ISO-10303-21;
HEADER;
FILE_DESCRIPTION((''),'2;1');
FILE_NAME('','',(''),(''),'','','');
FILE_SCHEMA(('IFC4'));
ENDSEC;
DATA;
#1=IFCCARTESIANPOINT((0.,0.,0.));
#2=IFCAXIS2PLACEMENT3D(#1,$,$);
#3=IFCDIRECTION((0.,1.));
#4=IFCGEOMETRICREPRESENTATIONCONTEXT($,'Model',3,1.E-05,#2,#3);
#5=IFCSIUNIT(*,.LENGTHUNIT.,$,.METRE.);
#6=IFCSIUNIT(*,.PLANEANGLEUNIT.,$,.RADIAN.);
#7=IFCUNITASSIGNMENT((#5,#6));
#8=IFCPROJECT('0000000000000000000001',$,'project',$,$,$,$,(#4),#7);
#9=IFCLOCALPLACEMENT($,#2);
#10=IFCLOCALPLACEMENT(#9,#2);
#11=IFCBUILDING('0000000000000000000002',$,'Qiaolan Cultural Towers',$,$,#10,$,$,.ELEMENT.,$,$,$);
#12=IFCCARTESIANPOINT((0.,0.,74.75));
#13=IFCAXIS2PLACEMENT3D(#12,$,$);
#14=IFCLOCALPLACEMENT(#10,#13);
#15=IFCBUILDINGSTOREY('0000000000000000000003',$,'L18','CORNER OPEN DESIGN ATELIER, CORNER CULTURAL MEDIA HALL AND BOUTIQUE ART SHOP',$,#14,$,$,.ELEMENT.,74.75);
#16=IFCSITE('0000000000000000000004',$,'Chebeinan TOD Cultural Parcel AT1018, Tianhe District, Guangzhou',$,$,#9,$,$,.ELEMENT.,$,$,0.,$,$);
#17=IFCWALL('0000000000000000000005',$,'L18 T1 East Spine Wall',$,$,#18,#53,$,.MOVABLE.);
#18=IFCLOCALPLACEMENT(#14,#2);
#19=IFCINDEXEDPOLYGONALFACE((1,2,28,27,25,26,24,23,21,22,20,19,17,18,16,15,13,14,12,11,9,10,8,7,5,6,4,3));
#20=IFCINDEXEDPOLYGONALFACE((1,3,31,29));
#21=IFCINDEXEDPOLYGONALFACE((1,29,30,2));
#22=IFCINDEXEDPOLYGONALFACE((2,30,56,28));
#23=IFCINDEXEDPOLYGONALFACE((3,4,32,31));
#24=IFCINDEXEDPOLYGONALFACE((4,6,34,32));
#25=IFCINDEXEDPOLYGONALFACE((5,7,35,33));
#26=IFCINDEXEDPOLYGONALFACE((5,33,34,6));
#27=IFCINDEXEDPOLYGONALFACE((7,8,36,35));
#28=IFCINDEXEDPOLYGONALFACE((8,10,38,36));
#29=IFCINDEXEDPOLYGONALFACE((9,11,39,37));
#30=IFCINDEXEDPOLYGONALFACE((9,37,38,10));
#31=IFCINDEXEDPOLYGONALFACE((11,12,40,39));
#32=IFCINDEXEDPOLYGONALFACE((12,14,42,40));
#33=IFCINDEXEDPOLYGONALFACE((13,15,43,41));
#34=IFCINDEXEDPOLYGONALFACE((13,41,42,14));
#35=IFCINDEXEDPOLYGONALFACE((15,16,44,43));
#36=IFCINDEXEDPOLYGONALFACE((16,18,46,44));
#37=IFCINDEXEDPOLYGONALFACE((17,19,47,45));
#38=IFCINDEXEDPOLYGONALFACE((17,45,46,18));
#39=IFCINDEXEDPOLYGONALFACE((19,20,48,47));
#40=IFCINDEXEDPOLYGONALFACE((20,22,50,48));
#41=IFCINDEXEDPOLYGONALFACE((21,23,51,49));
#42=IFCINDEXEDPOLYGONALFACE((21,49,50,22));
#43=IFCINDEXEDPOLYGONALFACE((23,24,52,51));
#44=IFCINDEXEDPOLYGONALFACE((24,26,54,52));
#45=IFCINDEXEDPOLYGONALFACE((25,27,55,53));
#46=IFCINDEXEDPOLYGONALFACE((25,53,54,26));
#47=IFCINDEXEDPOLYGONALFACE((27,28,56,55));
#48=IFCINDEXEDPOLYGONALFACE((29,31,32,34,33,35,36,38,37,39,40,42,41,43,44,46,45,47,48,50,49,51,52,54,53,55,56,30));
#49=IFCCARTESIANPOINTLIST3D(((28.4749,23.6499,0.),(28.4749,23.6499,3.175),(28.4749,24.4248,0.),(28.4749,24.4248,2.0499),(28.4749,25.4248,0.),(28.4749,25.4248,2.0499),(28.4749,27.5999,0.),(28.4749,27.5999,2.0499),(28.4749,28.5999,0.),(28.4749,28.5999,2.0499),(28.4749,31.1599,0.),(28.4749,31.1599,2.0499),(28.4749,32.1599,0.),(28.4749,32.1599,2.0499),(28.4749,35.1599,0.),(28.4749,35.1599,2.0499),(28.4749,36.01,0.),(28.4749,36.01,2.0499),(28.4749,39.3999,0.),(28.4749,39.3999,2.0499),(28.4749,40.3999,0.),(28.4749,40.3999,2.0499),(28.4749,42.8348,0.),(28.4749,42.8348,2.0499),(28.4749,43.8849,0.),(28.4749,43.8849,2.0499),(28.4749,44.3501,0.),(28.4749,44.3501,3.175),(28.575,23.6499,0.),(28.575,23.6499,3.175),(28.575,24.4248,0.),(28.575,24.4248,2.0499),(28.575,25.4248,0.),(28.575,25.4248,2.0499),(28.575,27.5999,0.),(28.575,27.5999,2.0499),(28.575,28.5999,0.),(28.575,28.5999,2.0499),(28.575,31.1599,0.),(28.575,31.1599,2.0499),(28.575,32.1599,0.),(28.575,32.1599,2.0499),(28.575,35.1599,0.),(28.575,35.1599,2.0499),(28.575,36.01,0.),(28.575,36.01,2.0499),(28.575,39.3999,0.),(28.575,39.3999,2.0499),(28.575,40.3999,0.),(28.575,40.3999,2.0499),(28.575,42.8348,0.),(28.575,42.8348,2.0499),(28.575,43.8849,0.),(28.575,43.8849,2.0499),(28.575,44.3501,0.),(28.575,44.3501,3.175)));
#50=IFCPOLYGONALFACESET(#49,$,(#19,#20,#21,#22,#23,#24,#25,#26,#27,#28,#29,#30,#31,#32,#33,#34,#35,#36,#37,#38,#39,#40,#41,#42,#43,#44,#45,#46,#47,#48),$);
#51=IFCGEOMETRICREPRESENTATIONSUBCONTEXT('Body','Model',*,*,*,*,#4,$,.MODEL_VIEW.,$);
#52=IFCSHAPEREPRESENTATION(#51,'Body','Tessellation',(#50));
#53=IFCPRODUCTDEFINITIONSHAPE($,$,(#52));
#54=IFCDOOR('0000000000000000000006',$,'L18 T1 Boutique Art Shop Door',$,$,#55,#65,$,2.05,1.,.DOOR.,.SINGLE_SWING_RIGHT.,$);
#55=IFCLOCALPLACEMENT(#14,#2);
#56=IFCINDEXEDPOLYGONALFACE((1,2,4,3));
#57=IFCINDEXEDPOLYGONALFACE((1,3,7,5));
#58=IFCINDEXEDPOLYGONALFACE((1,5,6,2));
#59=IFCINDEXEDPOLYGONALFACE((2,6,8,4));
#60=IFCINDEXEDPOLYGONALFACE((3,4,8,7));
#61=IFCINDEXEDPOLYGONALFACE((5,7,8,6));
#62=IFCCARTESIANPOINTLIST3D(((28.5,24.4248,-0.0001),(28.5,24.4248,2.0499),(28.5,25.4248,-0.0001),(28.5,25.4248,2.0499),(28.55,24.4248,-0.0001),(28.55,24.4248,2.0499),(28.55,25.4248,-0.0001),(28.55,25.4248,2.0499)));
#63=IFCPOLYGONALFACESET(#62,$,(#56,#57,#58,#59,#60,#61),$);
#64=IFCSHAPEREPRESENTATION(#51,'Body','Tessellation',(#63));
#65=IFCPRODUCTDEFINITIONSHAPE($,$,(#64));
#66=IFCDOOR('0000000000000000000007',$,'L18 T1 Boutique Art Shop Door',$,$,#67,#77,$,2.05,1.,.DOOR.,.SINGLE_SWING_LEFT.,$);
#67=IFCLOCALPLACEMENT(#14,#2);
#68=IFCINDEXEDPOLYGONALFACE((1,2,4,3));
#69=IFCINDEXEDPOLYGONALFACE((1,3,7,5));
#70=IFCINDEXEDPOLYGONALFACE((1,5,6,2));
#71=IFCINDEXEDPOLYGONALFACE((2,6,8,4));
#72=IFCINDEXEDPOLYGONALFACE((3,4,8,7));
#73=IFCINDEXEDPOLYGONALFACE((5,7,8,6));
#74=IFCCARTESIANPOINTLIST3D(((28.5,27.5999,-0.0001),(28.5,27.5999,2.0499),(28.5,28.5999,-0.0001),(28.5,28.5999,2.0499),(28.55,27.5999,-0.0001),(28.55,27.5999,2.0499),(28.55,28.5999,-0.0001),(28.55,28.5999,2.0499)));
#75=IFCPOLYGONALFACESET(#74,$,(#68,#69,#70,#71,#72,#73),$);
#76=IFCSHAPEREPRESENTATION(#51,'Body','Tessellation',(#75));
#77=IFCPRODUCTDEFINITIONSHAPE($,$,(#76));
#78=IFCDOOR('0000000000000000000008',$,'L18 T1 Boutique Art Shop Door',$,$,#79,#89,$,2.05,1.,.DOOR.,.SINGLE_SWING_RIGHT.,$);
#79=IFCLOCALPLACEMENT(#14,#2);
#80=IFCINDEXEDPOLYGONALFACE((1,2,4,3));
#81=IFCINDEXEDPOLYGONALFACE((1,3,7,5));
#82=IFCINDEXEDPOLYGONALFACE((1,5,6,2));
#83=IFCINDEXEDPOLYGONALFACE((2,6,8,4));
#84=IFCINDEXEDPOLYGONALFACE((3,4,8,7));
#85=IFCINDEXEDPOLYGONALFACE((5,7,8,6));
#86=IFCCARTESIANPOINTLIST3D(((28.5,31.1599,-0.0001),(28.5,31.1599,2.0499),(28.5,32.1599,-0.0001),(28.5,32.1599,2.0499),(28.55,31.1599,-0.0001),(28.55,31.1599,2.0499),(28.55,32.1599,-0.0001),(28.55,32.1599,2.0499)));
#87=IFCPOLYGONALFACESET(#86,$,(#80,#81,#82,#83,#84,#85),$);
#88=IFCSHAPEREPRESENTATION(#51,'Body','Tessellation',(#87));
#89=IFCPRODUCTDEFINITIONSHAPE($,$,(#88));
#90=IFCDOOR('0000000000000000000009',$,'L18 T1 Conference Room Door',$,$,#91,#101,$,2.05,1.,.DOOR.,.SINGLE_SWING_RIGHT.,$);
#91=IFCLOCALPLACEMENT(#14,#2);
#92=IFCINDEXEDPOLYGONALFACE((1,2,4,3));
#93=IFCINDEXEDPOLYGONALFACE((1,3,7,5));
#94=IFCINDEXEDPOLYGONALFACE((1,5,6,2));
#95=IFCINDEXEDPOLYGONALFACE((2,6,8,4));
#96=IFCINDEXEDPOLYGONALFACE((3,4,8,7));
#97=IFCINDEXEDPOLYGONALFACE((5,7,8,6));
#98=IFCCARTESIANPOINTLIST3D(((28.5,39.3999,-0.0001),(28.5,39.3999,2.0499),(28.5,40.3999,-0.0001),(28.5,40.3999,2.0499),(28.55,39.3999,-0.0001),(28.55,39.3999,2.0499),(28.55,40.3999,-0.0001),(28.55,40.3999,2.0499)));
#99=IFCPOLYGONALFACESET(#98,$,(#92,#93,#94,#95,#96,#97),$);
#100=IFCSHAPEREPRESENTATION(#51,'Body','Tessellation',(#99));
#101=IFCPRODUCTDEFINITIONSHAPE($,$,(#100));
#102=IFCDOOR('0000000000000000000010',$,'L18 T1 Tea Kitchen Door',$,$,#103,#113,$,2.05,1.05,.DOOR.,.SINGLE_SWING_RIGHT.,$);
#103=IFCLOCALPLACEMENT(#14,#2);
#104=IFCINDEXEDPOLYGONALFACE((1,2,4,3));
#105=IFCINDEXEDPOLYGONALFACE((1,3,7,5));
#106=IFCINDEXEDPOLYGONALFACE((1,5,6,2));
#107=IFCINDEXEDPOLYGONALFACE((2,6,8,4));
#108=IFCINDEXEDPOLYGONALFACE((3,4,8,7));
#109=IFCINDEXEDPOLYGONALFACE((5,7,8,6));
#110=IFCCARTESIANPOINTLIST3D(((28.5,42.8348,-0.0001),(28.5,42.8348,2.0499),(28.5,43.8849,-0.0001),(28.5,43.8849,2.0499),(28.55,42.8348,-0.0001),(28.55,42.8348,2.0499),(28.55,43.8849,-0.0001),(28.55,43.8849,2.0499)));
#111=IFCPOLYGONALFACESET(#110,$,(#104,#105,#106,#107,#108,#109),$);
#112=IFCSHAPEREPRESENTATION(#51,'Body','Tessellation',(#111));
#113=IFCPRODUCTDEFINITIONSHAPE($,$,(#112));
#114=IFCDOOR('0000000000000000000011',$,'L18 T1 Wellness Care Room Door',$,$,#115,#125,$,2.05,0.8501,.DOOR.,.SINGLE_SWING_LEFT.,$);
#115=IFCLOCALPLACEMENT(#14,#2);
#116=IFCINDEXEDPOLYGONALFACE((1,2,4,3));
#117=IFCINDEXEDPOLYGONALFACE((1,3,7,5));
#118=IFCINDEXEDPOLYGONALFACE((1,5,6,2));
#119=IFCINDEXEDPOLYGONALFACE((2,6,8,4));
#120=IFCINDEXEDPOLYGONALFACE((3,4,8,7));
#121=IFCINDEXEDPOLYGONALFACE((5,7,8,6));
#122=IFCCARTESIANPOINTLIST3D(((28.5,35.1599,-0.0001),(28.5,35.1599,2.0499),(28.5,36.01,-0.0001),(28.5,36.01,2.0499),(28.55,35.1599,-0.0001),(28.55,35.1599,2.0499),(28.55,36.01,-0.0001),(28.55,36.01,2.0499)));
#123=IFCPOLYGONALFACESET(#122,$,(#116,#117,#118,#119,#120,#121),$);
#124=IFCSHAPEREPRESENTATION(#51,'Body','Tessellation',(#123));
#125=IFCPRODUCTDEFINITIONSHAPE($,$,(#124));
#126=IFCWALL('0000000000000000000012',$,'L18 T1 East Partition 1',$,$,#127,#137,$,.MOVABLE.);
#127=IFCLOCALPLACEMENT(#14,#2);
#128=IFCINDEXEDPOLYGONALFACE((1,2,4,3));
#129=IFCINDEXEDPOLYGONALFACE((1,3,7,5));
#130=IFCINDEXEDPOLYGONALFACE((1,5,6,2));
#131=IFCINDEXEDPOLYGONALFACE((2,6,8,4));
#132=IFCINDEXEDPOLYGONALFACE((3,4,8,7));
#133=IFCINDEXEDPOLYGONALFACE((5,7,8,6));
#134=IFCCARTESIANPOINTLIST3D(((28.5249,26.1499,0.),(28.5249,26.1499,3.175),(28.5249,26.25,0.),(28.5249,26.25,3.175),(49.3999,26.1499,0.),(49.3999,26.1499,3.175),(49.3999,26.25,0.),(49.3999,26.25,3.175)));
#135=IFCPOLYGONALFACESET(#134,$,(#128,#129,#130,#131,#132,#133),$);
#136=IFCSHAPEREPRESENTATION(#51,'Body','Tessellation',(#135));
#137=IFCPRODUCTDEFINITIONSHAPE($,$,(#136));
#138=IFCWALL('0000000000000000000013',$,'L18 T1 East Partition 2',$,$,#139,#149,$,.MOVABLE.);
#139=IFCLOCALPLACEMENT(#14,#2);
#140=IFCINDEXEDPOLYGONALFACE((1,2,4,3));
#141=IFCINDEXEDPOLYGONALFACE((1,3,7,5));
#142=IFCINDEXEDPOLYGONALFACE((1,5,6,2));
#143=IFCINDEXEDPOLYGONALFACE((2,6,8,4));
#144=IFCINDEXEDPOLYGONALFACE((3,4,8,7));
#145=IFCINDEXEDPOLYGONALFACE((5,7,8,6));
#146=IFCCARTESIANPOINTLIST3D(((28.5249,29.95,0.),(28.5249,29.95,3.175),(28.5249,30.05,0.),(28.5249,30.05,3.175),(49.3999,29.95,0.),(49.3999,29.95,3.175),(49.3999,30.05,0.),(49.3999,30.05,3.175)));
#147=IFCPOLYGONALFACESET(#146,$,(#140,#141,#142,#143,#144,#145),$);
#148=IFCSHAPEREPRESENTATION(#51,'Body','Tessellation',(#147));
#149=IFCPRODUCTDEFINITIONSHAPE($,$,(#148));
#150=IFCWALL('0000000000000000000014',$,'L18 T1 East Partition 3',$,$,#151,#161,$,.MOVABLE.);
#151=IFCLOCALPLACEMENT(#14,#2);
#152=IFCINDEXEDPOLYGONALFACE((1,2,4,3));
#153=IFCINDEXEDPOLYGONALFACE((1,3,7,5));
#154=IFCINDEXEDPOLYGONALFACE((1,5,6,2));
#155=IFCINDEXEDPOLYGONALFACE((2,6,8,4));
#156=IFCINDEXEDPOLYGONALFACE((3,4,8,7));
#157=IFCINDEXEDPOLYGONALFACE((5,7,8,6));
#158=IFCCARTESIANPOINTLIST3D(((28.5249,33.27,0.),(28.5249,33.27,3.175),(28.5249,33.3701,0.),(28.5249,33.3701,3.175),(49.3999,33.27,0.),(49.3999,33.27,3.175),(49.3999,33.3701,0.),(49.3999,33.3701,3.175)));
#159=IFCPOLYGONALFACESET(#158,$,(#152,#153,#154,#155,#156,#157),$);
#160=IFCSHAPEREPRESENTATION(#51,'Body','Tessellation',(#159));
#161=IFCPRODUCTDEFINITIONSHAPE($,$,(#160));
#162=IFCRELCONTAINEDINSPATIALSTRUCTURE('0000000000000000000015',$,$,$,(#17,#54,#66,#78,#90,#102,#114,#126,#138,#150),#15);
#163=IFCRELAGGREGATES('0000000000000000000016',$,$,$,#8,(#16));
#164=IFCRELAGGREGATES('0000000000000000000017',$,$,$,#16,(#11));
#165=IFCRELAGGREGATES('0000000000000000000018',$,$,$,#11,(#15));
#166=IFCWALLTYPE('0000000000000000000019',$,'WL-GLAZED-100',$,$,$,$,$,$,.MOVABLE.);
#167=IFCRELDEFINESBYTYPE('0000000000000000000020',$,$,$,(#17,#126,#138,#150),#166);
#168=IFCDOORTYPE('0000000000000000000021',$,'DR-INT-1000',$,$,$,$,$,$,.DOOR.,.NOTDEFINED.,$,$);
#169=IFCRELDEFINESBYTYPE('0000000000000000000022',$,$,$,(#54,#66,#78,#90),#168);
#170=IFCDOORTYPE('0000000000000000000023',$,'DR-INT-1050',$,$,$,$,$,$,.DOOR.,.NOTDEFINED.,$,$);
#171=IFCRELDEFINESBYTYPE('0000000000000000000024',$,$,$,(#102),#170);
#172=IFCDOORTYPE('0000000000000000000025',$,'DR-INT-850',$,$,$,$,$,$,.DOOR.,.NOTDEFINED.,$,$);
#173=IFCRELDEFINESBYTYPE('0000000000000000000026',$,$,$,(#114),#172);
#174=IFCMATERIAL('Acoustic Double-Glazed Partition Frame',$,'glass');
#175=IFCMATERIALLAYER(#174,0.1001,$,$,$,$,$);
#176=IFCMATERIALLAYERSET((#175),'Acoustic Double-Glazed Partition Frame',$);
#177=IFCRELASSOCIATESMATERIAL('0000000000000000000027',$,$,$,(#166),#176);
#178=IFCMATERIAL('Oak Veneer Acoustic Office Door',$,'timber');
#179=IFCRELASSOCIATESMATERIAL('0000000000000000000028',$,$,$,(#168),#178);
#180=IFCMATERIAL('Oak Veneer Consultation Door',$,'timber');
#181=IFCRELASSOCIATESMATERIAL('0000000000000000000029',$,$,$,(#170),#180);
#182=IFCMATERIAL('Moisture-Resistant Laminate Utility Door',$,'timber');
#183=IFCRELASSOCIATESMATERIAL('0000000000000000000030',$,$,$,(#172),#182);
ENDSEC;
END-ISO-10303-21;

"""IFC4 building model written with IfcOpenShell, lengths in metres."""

from ifc_helpers import new_model, si_unit, direction, frame, frame_2d, origin, place, context, subcontext, project, spatial, rectangle, extrude, material, layer, layer_set, type_object, element, fill, save


model = new_model("IFC4")

# Units and contexts
model_context = context("Model", 3, precision=1e-05, world=origin(), true_north=direction((0.0, 1.0)))
body_context = subcontext(model_context, "Body", "Model", "MODEL_VIEW")
ifc_project = project(units=[si_unit("LENGTHUNIT", "METRE"), si_unit("PLANEANGLEUNIT", "RADIAN")], contexts=[model_context])

# Site, building, storey
site_placement = place(None, origin())
site = spatial("IfcSite", under=ifc_project, at=site_placement, Name="Chebeinan TOD Cultural Parcel AT1018, Tianhe District, Guangzhou", CompositionType="ELEMENT", RefElevation=0.0)
building_placement = place(site_placement, origin())
building = spatial("IfcBuilding", under=site, at=building_placement, Name="Qiaolan Cultural Towers", CompositionType="ELEMENT")
storey_placement = place(building_placement, frame((0.0, 0.0, 74.75)))
storey = spatial("IfcBuildingStorey", under=building, at=storey_placement, Name="L18", Description="CORNER OPEN DESIGN ATELIER, CORNER CULTURAL MEDIA HALL AND BOUTIQUE ART SHOP", CompositionType="ELEMENT", Elevation=74.75)

# Shared definitions
ifc_material_1 = material(Name="Acoustic Double-Glazed Partition Frame", Category="glass")
ifc_layer_1 = layer(ifc_material_1, 0.1001)
ifc_layer_set_1 = layer_set([ifc_layer_1], Name="Acoustic Double-Glazed Partition Frame")
wall_type_1 = type_object("IfcWallType", Name="WL-GLAZED-100", PredefinedType="MOVABLE", material=ifc_layer_set_1)

# Wall, openings, doors
wall_1_placement = place(storey_placement, frame((28.5249, 23.6499, 0.0), z_axis=(0.0, 0.0, 1.0), x_axis=(0.0, 1.0, 0.0)))
wall_1 = element("IfcWall", 1, at=wall_1_placement, inside=storey, type_object=wall_type_1, Name="L18 T1 East Spine Wall", PredefinedType="MOVABLE", context=body_context, shape_type="SweptSolid", body=[
    extrude(rectangle(XDim=20.7002, YDim=0.1001, at=frame_2d((10.3501, 0.0))), origin(), (0.0, 0.0, 1.0), 3.175),
])
opening_1_placement = place(wall_1_placement, frame((0.7749, 0.0, 0.0)))
opening_1 = element("IfcOpeningElement", 2, at=opening_1_placement, cuts=wall_1, PredefinedType="OPENING", context=body_context, shape_type="SweptSolid", body=[
    extrude(rectangle(XDim=1.0, YDim=2.05, at=frame_2d((0.5, 1.0249))), frame((0.0, 0.0601, 0.0), z_axis=(0.0, -1.0, 0.0), x_axis=(1.0, 0.0, 0.0)), (0.0, 0.0, 1.0), 0.1201),
])
opening_2_placement = place(wall_1_placement, frame((3.95, 0.0, 0.0)))
opening_2 = element("IfcOpeningElement", 3, at=opening_2_placement, cuts=wall_1, PredefinedType="OPENING", context=body_context, shape_type="SweptSolid", body=[
    extrude(rectangle(XDim=1.0, YDim=2.05, at=frame_2d((0.5, 1.0249))), frame((0.0, 0.0601, 0.0), z_axis=(0.0, -1.0, 0.0), x_axis=(1.0, 0.0, 0.0)), (0.0, 0.0, 1.0), 0.1201),
])
opening_3_placement = place(wall_1_placement, frame((7.51, 0.0, 0.0)))
opening_3 = element("IfcOpeningElement", 4, at=opening_3_placement, cuts=wall_1, PredefinedType="OPENING", context=body_context, shape_type="SweptSolid", body=[
    extrude(rectangle(XDim=1.0, YDim=2.05, at=frame_2d((0.5, 1.0249))), frame((0.0, 0.0601, 0.0), z_axis=(0.0, -1.0, 0.0), x_axis=(1.0, 0.0, 0.0)), (0.0, 0.0, 1.0), 0.1201),
])
opening_4_placement = place(wall_1_placement, frame((11.51, 0.0, 0.0)))
opening_4 = element("IfcOpeningElement", 5, at=opening_4_placement, cuts=wall_1, PredefinedType="OPENING", context=body_context, shape_type="SweptSolid", body=[
    extrude(rectangle(XDim=0.8501, YDim=2.05, at=frame_2d((0.425, 1.0249))), frame((0.0, 0.0601, 0.0), z_axis=(0.0, -1.0, 0.0), x_axis=(1.0, 0.0, 0.0)), (0.0, 0.0, 1.0), 0.1201),
])
opening_5_placement = place(wall_1_placement, frame((15.75, 0.0, 0.0)))
opening_5 = element("IfcOpeningElement", 6, at=opening_5_placement, cuts=wall_1, PredefinedType="OPENING", context=body_context, shape_type="SweptSolid", body=[
    extrude(rectangle(XDim=1.0, YDim=2.05, at=frame_2d((0.5, 1.0249))), frame((0.0, 0.0601, 0.0), z_axis=(0.0, -1.0, 0.0), x_axis=(1.0, 0.0, 0.0)), (0.0, 0.0, 1.0), 0.1201),
])
opening_6_placement = place(wall_1_placement, frame((19.1851, 0.0, 0.0)))
opening_6 = element("IfcOpeningElement", 7, at=opening_6_placement, cuts=wall_1, PredefinedType="OPENING", context=body_context, shape_type="SweptSolid", body=[
    extrude(rectangle(XDim=1.05, YDim=2.05, at=frame_2d((0.5249, 1.0249))), frame((0.0, 0.0601, 0.0), z_axis=(0.0, -1.0, 0.0), x_axis=(1.0, 0.0, 0.0)), (0.0, 0.0, 1.0), 0.1201),
])
ifc_material_2 = material(Name="Oak Veneer Acoustic Office Door", Category="timber")
door_type_1 = type_object("IfcDoorType", Name="DR-INT-1000", OperationType="NOTDEFINED", PredefinedType="DOOR", material=ifc_material_2)
door_1_placement = place(opening_1_placement, origin())
door_1 = element("IfcDoor", 8, at=door_1_placement, inside=storey, type_object=door_type_1, Name="L18 T1 Boutique Art Shop Door", OperationType="SINGLE_SWING_RIGHT", OverallHeight=2.05, OverallWidth=1.0, PredefinedType="DOOR", context=body_context, shape_type="SweptSolid", body=[
    extrude(rectangle(XDim=1.0, YDim=2.05, at=frame_2d((0.5, 1.0249))), frame((0.0, 0.0249, 0.0), z_axis=(0.0, -1.0, 0.0), x_axis=(1.0, 0.0, 0.0)), (0.0, 0.0, 1.0), 0.05),
])
fill(opening_1, door_1)
door_2_placement = place(opening_2_placement, origin())
door_2 = element("IfcDoor", 9, at=door_2_placement, inside=storey, type_object=door_type_1, Name="L18 T1 Boutique Art Shop Door", OperationType="SINGLE_SWING_LEFT", OverallHeight=2.05, OverallWidth=1.0, PredefinedType="DOOR", context=body_context, shape_type="SweptSolid", body=[
    extrude(rectangle(XDim=1.0, YDim=2.05, at=frame_2d((0.5, 1.0249))), frame((0.0, 0.0249, 0.0), z_axis=(0.0, -1.0, 0.0), x_axis=(1.0, 0.0, 0.0)), (0.0, 0.0, 1.0), 0.05),
])
fill(opening_2, door_2)
door_3_placement = place(opening_3_placement, origin())
door_3 = element("IfcDoor", 10, at=door_3_placement, inside=storey, type_object=door_type_1, Name="L18 T1 Boutique Art Shop Door", OperationType="SINGLE_SWING_RIGHT", OverallHeight=2.05, OverallWidth=1.0, PredefinedType="DOOR", context=body_context, shape_type="SweptSolid", body=[
    extrude(rectangle(XDim=1.0, YDim=2.05, at=frame_2d((0.5, 1.0249))), frame((0.0, 0.0249, 0.0), z_axis=(0.0, -1.0, 0.0), x_axis=(1.0, 0.0, 0.0)), (0.0, 0.0, 1.0), 0.05),
])
fill(opening_3, door_3)
door_4_placement = place(opening_5_placement, origin())
door_4 = element("IfcDoor", 11, at=door_4_placement, inside=storey, type_object=door_type_1, Name="L18 T1 Conference Room Door", OperationType="SINGLE_SWING_RIGHT", OverallHeight=2.05, OverallWidth=1.0, PredefinedType="DOOR", context=body_context, shape_type="SweptSolid", body=[
    extrude(rectangle(XDim=1.0, YDim=2.05, at=frame_2d((0.5, 1.0249))), frame((0.0, 0.0249, 0.0), z_axis=(0.0, -1.0, 0.0), x_axis=(1.0, 0.0, 0.0)), (0.0, 0.0, 1.0), 0.05),
])
fill(opening_5, door_4)
ifc_material_3 = material(Name="Oak Veneer Consultation Door", Category="timber")
door_type_2 = type_object("IfcDoorType", Name="DR-INT-1050", OperationType="NOTDEFINED", PredefinedType="DOOR", material=ifc_material_3)
door_5_placement = place(opening_6_placement, origin())
door_5 = element("IfcDoor", 12, at=door_5_placement, inside=storey, type_object=door_type_2, Name="L18 T1 Tea Kitchen Door", OperationType="SINGLE_SWING_RIGHT", OverallHeight=2.05, OverallWidth=1.05, PredefinedType="DOOR", context=body_context, shape_type="SweptSolid", body=[
    extrude(rectangle(XDim=1.05, YDim=2.05, at=frame_2d((0.5249, 1.0249))), frame((0.0, 0.0249, 0.0), z_axis=(0.0, -1.0, 0.0), x_axis=(1.0, 0.0, 0.0)), (0.0, 0.0, 1.0), 0.05),
])
fill(opening_6, door_5)
ifc_material_4 = material(Name="Moisture-Resistant Laminate Utility Door", Category="timber")
door_type_3 = type_object("IfcDoorType", Name="DR-INT-850", OperationType="NOTDEFINED", PredefinedType="DOOR", material=ifc_material_4)
door_6_placement = place(opening_4_placement, origin())
door_6 = element("IfcDoor", 13, at=door_6_placement, inside=storey, type_object=door_type_3, Name="L18 T1 Wellness Care Room Door", OperationType="SINGLE_SWING_LEFT", OverallHeight=2.05, OverallWidth=0.8501, PredefinedType="DOOR", context=body_context, shape_type="SweptSolid", body=[
    extrude(rectangle(XDim=0.8501, YDim=2.05, at=frame_2d((0.425, 1.0249))), frame((0.0, 0.0249, 0.0), z_axis=(0.0, -1.0, 0.0), x_axis=(1.0, 0.0, 0.0)), (0.0, 0.0, 1.0), 0.05),
])
fill(opening_4, door_6)

# Walls
for number, where, z_axis, x_axis, name in (
    (14, (28.5249, 26.2, 0.0), (0.0, 0.0, 1.0), (1.0, 0.0, 0.0), "L18 T1 East Partition 1"),
    (15, (28.5249, 30.0, 0.0), (0.0, 0.0, 1.0), (1.0, 0.0, 0.0), "L18 T1 East Partition 2"),
    (16, (28.5249, 33.3201, 0.0), (0.0, 0.0, 1.0), (1.0, 0.0, 0.0), "L18 T1 East Partition 3"),
):
    element("IfcWall", number, at=place(storey_placement, frame(where, z_axis=z_axis, x_axis=x_axis)), inside=storey, type_object=wall_type_1, Name=name, PredefinedType="MOVABLE", context=body_context, shape_type="SweptSolid", body=[
        extrude(rectangle(XDim=20.875, YDim=0.1001, at=frame_2d((10.4375, 0.0))), origin(), (0.0, 0.0, 1.0), 3.175),
    ])

save(model, "model.ifc")
